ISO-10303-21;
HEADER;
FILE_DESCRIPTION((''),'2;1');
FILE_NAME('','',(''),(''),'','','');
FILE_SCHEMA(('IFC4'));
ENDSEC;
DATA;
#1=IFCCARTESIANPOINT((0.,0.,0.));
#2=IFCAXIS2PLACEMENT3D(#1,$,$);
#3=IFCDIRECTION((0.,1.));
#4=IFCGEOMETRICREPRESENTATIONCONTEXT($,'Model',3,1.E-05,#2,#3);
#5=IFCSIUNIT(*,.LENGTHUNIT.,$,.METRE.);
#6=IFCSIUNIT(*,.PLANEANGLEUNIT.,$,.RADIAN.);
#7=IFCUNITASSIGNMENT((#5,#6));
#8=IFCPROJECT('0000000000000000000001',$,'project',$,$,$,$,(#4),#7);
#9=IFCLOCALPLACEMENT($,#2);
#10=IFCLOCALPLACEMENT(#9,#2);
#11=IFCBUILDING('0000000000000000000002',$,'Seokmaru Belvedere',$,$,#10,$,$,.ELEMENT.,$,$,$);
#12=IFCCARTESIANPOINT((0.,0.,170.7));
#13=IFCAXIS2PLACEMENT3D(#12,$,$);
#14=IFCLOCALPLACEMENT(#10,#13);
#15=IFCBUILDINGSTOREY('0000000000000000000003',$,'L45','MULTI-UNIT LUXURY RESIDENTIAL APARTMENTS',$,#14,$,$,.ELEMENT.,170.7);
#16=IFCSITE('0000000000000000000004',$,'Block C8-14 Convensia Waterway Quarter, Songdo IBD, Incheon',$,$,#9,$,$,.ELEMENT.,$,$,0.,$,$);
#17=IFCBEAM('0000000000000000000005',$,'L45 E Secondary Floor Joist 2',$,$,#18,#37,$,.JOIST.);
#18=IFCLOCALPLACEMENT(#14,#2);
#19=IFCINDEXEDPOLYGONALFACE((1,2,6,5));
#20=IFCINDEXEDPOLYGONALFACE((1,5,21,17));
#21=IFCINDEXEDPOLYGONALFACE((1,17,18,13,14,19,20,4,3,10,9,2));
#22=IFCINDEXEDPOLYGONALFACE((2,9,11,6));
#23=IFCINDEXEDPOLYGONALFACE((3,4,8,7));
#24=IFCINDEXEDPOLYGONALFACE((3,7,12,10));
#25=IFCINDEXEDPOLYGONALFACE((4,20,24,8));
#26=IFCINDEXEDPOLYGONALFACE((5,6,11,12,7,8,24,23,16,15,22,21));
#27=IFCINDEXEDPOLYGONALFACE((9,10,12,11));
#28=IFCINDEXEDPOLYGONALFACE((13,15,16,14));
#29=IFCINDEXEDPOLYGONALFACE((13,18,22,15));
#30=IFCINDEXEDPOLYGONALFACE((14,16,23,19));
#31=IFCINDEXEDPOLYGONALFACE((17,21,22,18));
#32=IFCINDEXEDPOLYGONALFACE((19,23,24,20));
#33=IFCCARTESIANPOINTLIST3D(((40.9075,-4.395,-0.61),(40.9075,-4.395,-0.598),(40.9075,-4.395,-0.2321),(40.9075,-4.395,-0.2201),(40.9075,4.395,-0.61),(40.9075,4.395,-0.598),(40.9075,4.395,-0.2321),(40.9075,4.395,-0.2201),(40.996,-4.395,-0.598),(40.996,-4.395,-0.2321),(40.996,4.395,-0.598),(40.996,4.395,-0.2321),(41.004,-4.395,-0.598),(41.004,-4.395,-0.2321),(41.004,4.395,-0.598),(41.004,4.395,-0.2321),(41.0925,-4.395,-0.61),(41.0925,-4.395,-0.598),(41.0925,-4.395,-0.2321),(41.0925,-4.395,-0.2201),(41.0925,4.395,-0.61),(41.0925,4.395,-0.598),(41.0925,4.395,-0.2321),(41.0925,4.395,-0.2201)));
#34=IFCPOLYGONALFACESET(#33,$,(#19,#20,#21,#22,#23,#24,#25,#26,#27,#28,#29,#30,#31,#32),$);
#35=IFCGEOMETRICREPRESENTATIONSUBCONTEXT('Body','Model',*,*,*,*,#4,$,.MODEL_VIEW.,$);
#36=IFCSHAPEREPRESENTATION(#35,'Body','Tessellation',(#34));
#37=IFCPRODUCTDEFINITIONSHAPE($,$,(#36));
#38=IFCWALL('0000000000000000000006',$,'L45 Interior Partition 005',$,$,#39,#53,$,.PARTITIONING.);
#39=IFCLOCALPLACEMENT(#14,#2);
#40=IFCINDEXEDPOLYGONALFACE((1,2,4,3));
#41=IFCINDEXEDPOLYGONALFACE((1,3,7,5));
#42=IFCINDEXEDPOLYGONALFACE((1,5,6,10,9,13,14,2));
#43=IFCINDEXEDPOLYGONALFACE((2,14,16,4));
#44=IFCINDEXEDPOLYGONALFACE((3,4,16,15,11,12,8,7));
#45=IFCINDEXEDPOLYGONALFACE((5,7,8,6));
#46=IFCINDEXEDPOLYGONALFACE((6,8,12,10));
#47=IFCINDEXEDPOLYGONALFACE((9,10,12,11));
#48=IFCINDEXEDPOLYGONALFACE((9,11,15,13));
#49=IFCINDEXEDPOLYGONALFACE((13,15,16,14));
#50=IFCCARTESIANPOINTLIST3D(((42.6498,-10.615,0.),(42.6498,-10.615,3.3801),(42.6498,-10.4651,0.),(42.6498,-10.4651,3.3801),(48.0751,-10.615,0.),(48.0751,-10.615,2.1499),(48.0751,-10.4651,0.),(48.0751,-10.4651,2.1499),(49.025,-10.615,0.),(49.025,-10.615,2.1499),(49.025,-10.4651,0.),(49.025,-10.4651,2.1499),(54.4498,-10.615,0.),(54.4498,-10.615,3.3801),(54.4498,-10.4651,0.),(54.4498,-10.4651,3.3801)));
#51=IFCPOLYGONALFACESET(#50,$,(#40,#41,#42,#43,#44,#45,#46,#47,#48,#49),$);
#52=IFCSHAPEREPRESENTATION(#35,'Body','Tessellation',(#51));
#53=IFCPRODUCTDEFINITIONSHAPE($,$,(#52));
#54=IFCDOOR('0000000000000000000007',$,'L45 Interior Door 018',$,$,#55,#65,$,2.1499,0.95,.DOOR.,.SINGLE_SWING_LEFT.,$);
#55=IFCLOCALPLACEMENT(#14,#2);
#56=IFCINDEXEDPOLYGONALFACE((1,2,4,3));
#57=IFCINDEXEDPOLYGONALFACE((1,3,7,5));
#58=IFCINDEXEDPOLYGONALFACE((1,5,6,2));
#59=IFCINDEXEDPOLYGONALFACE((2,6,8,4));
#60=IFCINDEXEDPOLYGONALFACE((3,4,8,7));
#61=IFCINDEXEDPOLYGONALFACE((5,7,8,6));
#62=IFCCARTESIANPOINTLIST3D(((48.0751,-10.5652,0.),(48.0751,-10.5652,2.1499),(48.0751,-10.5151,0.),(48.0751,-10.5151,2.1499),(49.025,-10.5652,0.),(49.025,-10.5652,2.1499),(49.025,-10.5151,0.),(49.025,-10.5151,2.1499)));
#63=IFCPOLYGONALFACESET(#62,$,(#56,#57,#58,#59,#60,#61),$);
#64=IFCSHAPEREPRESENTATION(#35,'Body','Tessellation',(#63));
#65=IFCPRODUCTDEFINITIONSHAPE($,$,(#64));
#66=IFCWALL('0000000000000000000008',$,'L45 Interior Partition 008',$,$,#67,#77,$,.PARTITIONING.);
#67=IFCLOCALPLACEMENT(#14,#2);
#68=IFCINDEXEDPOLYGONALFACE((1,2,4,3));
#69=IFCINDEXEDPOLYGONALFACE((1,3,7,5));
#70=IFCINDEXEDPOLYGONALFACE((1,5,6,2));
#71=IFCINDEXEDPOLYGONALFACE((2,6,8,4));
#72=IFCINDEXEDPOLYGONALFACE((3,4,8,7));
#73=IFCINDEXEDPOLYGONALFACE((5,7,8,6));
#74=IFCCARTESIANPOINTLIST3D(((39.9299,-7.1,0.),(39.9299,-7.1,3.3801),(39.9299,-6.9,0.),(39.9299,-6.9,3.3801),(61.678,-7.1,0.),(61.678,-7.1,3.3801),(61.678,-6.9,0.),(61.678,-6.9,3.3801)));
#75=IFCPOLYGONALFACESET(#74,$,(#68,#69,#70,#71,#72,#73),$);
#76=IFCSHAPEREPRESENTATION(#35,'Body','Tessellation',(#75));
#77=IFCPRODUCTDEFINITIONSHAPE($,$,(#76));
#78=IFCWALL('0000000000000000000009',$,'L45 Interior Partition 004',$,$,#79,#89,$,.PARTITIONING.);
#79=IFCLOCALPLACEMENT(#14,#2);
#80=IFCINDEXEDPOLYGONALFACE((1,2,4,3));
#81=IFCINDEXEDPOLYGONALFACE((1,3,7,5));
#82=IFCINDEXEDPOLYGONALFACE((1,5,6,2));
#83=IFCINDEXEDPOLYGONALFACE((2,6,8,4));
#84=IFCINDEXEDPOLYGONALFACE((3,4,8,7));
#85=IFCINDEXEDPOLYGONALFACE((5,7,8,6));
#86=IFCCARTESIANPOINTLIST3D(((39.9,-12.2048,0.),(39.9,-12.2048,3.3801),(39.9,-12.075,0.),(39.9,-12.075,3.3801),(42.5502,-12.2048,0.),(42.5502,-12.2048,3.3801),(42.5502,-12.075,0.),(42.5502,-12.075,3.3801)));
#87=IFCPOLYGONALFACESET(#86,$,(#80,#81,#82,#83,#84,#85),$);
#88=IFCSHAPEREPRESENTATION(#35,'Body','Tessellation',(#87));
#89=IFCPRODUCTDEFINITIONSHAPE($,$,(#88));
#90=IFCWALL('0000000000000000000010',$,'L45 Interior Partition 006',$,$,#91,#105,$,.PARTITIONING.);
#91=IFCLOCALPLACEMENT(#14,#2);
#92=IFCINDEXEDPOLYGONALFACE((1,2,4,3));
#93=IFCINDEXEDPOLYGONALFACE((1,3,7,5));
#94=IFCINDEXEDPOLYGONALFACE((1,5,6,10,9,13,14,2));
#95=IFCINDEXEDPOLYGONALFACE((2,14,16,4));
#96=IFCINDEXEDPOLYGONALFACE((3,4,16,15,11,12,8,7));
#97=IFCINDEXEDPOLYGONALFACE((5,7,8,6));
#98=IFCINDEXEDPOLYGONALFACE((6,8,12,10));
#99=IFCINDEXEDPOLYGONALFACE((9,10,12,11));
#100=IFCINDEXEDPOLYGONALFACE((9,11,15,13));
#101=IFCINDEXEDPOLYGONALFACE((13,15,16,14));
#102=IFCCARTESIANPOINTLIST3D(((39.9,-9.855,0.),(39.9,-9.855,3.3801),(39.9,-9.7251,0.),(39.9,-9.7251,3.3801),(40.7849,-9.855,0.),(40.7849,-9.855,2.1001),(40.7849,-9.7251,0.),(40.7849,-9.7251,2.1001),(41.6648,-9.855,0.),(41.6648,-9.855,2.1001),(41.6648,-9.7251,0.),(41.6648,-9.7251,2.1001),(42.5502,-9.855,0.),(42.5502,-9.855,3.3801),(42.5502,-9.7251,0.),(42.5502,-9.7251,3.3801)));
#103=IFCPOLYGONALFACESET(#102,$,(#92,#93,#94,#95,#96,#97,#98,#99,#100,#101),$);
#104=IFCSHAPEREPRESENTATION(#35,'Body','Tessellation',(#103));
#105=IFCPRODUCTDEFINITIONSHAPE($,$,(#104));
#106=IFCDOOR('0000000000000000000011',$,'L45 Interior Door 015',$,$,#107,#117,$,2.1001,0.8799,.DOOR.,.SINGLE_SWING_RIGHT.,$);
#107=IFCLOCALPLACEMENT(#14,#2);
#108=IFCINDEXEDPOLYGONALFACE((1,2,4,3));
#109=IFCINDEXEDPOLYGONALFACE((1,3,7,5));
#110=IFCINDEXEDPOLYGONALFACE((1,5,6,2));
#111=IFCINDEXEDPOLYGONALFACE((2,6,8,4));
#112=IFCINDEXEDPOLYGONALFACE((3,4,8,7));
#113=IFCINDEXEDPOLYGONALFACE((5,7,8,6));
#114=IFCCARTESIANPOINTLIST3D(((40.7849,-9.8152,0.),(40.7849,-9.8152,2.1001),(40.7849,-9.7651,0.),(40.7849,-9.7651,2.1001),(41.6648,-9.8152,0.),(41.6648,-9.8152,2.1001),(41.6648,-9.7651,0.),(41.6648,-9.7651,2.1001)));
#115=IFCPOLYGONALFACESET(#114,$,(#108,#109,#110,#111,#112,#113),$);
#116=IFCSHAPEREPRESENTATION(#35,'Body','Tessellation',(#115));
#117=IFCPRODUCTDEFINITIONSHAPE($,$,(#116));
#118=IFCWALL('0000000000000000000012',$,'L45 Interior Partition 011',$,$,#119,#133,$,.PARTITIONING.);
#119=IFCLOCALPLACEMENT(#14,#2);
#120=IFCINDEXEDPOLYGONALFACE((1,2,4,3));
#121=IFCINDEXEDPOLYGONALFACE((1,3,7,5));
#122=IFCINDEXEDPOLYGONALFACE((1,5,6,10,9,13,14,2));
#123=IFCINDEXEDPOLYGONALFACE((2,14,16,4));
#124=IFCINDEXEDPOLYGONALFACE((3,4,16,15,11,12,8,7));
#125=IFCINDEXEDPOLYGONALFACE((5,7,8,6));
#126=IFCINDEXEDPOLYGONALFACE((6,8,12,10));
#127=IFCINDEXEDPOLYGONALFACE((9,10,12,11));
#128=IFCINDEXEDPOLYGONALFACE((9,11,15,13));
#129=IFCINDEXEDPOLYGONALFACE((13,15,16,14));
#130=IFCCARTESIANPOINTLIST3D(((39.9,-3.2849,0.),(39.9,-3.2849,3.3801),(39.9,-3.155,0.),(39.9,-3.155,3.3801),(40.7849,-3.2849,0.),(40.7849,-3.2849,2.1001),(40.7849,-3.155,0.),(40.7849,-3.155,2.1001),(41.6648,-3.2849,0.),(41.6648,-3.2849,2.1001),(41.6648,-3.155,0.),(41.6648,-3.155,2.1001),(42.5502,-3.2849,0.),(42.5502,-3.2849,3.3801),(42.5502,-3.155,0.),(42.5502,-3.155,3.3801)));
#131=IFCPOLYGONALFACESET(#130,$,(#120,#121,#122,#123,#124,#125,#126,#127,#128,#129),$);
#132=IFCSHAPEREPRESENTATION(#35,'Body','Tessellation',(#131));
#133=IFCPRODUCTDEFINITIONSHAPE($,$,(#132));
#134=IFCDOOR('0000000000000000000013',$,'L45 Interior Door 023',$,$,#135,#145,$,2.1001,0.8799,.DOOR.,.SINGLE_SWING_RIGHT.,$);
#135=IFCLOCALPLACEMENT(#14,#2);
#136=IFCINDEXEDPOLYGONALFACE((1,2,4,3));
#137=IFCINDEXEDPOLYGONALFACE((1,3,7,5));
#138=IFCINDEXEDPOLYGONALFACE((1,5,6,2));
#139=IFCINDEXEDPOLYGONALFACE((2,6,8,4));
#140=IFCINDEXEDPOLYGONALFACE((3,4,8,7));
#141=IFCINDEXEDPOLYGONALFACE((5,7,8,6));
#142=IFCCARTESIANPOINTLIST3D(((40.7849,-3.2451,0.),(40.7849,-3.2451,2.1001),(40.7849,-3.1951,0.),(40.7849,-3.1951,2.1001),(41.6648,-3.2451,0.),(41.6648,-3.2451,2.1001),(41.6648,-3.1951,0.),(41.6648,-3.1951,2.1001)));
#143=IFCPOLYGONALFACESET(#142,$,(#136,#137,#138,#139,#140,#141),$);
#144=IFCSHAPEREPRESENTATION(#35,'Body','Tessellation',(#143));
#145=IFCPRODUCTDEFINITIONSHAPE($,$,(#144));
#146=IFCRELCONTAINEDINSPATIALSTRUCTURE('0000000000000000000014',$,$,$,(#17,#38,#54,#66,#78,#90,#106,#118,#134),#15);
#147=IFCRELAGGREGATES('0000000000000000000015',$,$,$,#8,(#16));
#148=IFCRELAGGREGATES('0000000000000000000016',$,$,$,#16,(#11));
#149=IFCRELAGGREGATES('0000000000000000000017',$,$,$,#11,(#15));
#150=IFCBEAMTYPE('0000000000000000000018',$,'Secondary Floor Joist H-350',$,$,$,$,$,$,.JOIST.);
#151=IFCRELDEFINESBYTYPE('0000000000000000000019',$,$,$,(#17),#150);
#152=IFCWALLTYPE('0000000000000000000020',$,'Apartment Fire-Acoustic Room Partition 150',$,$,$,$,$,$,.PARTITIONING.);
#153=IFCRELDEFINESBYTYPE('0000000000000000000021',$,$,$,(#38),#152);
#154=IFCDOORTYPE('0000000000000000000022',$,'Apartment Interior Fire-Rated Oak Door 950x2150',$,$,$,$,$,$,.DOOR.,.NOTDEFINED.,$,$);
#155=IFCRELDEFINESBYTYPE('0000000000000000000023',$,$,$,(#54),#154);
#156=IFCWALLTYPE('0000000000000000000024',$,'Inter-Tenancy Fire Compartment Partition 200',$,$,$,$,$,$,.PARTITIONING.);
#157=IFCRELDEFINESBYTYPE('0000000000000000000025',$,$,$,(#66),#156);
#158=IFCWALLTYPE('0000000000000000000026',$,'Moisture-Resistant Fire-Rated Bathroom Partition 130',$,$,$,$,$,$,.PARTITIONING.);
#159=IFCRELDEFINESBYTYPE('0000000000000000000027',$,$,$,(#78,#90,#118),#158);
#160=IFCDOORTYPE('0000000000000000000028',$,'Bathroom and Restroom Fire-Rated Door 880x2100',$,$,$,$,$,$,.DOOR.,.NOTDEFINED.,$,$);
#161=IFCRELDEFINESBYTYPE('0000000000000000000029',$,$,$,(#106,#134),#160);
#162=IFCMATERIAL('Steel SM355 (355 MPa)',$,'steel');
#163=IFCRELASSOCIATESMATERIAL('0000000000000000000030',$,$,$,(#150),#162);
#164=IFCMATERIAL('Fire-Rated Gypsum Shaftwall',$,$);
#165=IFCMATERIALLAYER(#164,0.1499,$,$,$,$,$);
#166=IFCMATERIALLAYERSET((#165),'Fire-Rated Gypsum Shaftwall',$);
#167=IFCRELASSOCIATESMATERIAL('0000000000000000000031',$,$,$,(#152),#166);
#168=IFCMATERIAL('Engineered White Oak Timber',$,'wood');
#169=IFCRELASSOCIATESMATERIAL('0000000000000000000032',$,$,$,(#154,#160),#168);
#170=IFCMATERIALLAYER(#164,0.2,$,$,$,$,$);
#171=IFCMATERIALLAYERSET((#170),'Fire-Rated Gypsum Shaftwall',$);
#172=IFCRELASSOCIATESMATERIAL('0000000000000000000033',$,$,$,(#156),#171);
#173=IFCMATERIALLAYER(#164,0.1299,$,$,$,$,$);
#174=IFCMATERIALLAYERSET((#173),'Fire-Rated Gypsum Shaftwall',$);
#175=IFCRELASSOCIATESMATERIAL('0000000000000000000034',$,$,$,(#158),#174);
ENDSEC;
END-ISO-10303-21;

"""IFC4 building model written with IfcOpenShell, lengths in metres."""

from ifc_helpers import new_model, si_unit, direction, frame, frame_2d, origin, origin_2d, place, context, subcontext, project, spatial, rectangle, i_section, extrude, source, transform, mapped, material, layer, layer_set, material_profile, profile_set, type_object, type_shapes, element, fill, save


model = new_model("IFC4")

# Units and contexts
model_context = context("Model", 3, precision=1e-05, world=origin(), true_north=direction((0.0, 1.0)))
body_context = subcontext(model_context, "Body", "Model", "MODEL_VIEW")
ifc_project = project(units=[si_unit("LENGTHUNIT", "METRE"), si_unit("PLANEANGLEUNIT", "RADIAN")], contexts=[model_context])

# Site, building, storey
site_placement = place(None, origin())
site = spatial("IfcSite", under=ifc_project, at=site_placement, Name="Block C8-14 Convensia Waterway Quarter, Songdo IBD, Incheon", CompositionType="ELEMENT", RefElevation=0.0)
building_placement = place(site_placement, origin())
building = spatial("IfcBuilding", under=site, at=building_placement, Name="Seokmaru Belvedere", CompositionType="ELEMENT")
storey_placement = place(building_placement, frame((0.0, 0.0, 170.7)))
storey = spatial("IfcBuildingStorey", under=building, at=storey_placement, Name="L45", Description="MULTI-UNIT LUXURY RESIDENTIAL APARTMENTS", CompositionType="ELEMENT", Elevation=170.7)

# Beam
ifc_material_1 = material(Name="Steel SM355 (355 MPa)", Category="steel")
ifc_material_profile = material_profile(ifc_material_1, i_section(OverallWidth=0.1851, OverallDepth=0.3899, WebThickness=0.0081, FlangeThickness=0.012, at=origin_2d()), Name="H-390x185x8x12")
ifc_profile_set = profile_set([ifc_material_profile], Name="Steel SM355 (355 MPa)")
beam_type = type_object("IfcBeamType", Name="Secondary Floor Joist H-350", PredefinedType="JOIST", material=ifc_profile_set)
shared_shape_1 = source(origin(), body_context, "Body", "SweptSolid", [
    extrude(i_section(OverallWidth=0.1851, OverallDepth=0.3899, WebThickness=0.0081, FlangeThickness=0.012, at=origin_2d()), origin(), (0.0, 0.0, 1.0), 8.79),
])
type_shapes(beam_type, [shared_shape_1])
beam_placement = place(storey_placement, frame((41.0, -4.395, -0.415), z_axis=(0.0, 1.0, 0.0), x_axis=(-1.0, 0.0, 0.0)))
element("IfcBeam", 1, at=beam_placement, inside=storey, type_object=beam_type, Name="L45 E Secondary Floor Joist 2", PredefinedType="JOIST", context=body_context, shape_type="MappedRepresentation", body=[
    mapped(shared_shape_1, transform((0.0, 0.0, 0.0), scale=1.0)),
])

# Wall, opening, door
ifc_material_2 = material(Name="Fire-Rated Gypsum Shaftwall")
ifc_layer_1 = layer(ifc_material_2, 0.1499)
ifc_layer_set_1 = layer_set([ifc_layer_1], Name="Fire-Rated Gypsum Shaftwall")
wall_type_1 = type_object("IfcWallType", Name="Apartment Fire-Acoustic Room Partition 150", PredefinedType="PARTITIONING", material=ifc_layer_set_1)
wall_1_placement = place(storey_placement, frame((42.6499, -10.54, 0.0), z_axis=(0.0, 0.0, 1.0), x_axis=(1.0, 0.0, 0.0)))
wall_1 = element("IfcWall", 2, at=wall_1_placement, inside=storey, type_object=wall_type_1, Name="L45 Interior Partition 005", PredefinedType="PARTITIONING", context=body_context, shape_type="SweptSolid", body=[
    extrude(rectangle(XDim=11.8, YDim=0.1499, at=frame_2d((5.8999, 0.0))), origin(), (0.0, 0.0, 1.0), 3.3801),
])
opening_1_placement = place(wall_1_placement, frame((5.425, 0.0, 0.0)))
opening_1 = element("IfcOpeningElement", 3, at=opening_1_placement, cuts=wall_1, PredefinedType="OPENING", context=body_context, shape_type="SweptSolid", body=[
    extrude(rectangle(XDim=0.95, YDim=2.1499, at=frame_2d((0.4751, 1.075))), frame((0.0, 0.085, 0.0), z_axis=(0.0, -1.0, 0.0), x_axis=(1.0, 0.0, 0.0)), (0.0, 0.0, 1.0), 0.1699),
])
ifc_material_3 = material(Name="Engineered White Oak Timber", Category="wood")
door_type_1 = type_object("IfcDoorType", Name="Apartment Interior Fire-Rated Oak Door 950x2150", OperationType="NOTDEFINED", PredefinedType="DOOR", material=ifc_material_3)
shared_shape_2 = source(origin(), body_context, "Body", "SweptSolid", [
    extrude(rectangle(XDim=0.95, YDim=2.1499, at=frame_2d((0.4751, 1.075))), frame((0.0, 0.0249, 0.0), z_axis=(0.0, -1.0, 0.0), x_axis=(1.0, 0.0, 0.0)), (0.0, 0.0, 1.0), 0.05),
])
type_shapes(door_type_1, [shared_shape_2])
door_1_placement = place(opening_1_placement, origin())
door_1 = element("IfcDoor", 4, at=door_1_placement, inside=storey, type_object=door_type_1, Name="L45 Interior Door 018", OperationType="SINGLE_SWING_LEFT", OverallHeight=2.1499, OverallWidth=0.95, PredefinedType="DOOR", context=body_context, shape_type="MappedRepresentation", body=[
    mapped(shared_shape_2, transform((0.0, 0.0, 0.0), scale=1.0)),
])
fill(opening_1, door_1)

# Wall
ifc_layer_2 = layer(ifc_material_2, 0.2)
ifc_layer_set_2 = layer_set([ifc_layer_2], Name="Fire-Rated Gypsum Shaftwall")
wall_type_2 = type_object("IfcWallType", Name="Inter-Tenancy Fire Compartment Partition 200", PredefinedType="PARTITIONING", material=ifc_layer_set_2)
wall_2_placement = place(storey_placement, frame((39.9299, -7.0, 0.0), z_axis=(0.0, 0.0, 1.0), x_axis=(1.0, 0.0, 0.0)))
element("IfcWall", 5, at=wall_2_placement, inside=storey, type_object=wall_type_2, Name="L45 Interior Partition 008", PredefinedType="PARTITIONING", context=body_context, shape_type="SweptSolid", body=[
    extrude(rectangle(XDim=21.748, YDim=0.2, at=frame_2d((10.874, 0.0))), origin(), (0.0, 0.0, 1.0), 3.3801),
])

# Wall
ifc_layer_3 = layer(ifc_material_2, 0.1299)
ifc_layer_set_3 = layer_set([ifc_layer_3], Name="Fire-Rated Gypsum Shaftwall")
wall_type_3 = type_object("IfcWallType", Name="Moisture-Resistant Fire-Rated Bathroom Partition 130", PredefinedType="PARTITIONING", material=ifc_layer_set_3)
wall_3_placement = place(storey_placement, frame((39.8999, -12.1399, 0.0), z_axis=(0.0, 0.0, 1.0), x_axis=(1.0, 0.0, 0.0)))
element("IfcWall", 6, at=wall_3_placement, inside=storey, type_object=wall_type_3, Name="L45 Interior Partition 004", PredefinedType="PARTITIONING", context=body_context, shape_type="SweptSolid", body=[
    extrude(rectangle(XDim=2.6501, YDim=0.1299, at=frame_2d((1.3252, 0.0))), origin(), (0.0, 0.0, 1.0), 3.3801),
])

# Walls, openings, doors
wall_4_placement = place(storey_placement, frame((39.8999, -9.79, 0.0), z_axis=(0.0, 0.0, 1.0), x_axis=(1.0, 0.0, 0.0)))
wall_4 = element("IfcWall", 7, at=wall_4_placement, inside=storey, type_object=wall_type_3, Name="L45 Interior Partition 006", PredefinedType="PARTITIONING", context=body_context, shape_type="SweptSolid", body=[
    extrude(rectangle(XDim=2.6501, YDim=0.1299, at=frame_2d((1.3252, 0.0))), origin(), (0.0, 0.0, 1.0), 3.3801),
])
opening_2_placement = place(wall_4_placement, frame((0.885, 0.0, 0.0)))
opening_2 = element("IfcOpeningElement", 8, at=opening_2_placement, cuts=wall_4, PredefinedType="OPENING", context=body_context, shape_type="SweptSolid", body=[
    extrude(rectangle(XDim=0.8799, YDim=2.1001, at=frame_2d((0.4399, 1.05))), frame((0.0, 0.075, 0.0), z_axis=(0.0, -1.0, 0.0), x_axis=(1.0, 0.0, 0.0)), (0.0, 0.0, 1.0), 0.1499),
])
door_type_2 = type_object("IfcDoorType", Name="Bathroom and Restroom Fire-Rated Door 880x2100", OperationType="NOTDEFINED", PredefinedType="DOOR", material=ifc_material_3)
shared_shape_3 = source(origin(), body_context, "Body", "SweptSolid", [
    extrude(rectangle(XDim=0.8799, YDim=2.1001, at=frame_2d((0.4399, 1.05))), frame((0.0, 0.0249, 0.0), z_axis=(0.0, -1.0, 0.0), x_axis=(1.0, 0.0, 0.0)), (0.0, 0.0, 1.0), 0.05),
])
type_shapes(door_type_2, [shared_shape_3])
door_2_placement = place(opening_2_placement, origin())
door_2 = element("IfcDoor", 9, at=door_2_placement, inside=storey, type_object=door_type_2, Name="L45 Interior Door 015", OperationType="SINGLE_SWING_RIGHT", OverallHeight=2.1001, OverallWidth=0.8799, PredefinedType="DOOR", context=body_context, shape_type="MappedRepresentation", body=[
    mapped(shared_shape_3, transform((0.0, 0.0, 0.0), scale=1.0)),
])
fill(opening_2, door_2)
wall_5_placement = place(storey_placement, frame((39.8999, -3.22, 0.0), z_axis=(0.0, 0.0, 1.0), x_axis=(1.0, 0.0, 0.0)))
wall_5 = element("IfcWall", 10, at=wall_5_placement, inside=storey, type_object=wall_type_3, Name="L45 Interior Partition 011", PredefinedType="PARTITIONING", context=body_context, shape_type="SweptSolid", body=[
    extrude(rectangle(XDim=2.6501, YDim=0.1299, at=frame_2d((1.3252, 0.0))), origin(), (0.0, 0.0, 1.0), 3.3801),
])
opening_3_placement = place(wall_5_placement, frame((0.885, 0.0, 0.0)))
opening_3 = element("IfcOpeningElement", 11, at=opening_3_placement, cuts=wall_5, PredefinedType="OPENING", context=body_context, shape_type="SweptSolid", body=[
    extrude(rectangle(XDim=0.8799, YDim=2.1001, at=frame_2d((0.4399, 1.05))), frame((0.0, 0.075, 0.0), z_axis=(0.0, -1.0, 0.0), x_axis=(1.0, 0.0, 0.0)), (0.0, 0.0, 1.0), 0.1499),
])
door_3_placement = place(opening_3_placement, origin())
door_3 = element("IfcDoor", 12, at=door_3_placement, inside=storey, type_object=door_type_2, Name="L45 Interior Door 023", OperationType="SINGLE_SWING_RIGHT", OverallHeight=2.1001, OverallWidth=0.8799, PredefinedType="DOOR", context=body_context, shape_type="MappedRepresentation", body=[
    mapped(shared_shape_3, transform((0.0, 0.0, 0.0), scale=1.0)),
])
fill(opening_3, door_3)

save(model, "model.ifc")
